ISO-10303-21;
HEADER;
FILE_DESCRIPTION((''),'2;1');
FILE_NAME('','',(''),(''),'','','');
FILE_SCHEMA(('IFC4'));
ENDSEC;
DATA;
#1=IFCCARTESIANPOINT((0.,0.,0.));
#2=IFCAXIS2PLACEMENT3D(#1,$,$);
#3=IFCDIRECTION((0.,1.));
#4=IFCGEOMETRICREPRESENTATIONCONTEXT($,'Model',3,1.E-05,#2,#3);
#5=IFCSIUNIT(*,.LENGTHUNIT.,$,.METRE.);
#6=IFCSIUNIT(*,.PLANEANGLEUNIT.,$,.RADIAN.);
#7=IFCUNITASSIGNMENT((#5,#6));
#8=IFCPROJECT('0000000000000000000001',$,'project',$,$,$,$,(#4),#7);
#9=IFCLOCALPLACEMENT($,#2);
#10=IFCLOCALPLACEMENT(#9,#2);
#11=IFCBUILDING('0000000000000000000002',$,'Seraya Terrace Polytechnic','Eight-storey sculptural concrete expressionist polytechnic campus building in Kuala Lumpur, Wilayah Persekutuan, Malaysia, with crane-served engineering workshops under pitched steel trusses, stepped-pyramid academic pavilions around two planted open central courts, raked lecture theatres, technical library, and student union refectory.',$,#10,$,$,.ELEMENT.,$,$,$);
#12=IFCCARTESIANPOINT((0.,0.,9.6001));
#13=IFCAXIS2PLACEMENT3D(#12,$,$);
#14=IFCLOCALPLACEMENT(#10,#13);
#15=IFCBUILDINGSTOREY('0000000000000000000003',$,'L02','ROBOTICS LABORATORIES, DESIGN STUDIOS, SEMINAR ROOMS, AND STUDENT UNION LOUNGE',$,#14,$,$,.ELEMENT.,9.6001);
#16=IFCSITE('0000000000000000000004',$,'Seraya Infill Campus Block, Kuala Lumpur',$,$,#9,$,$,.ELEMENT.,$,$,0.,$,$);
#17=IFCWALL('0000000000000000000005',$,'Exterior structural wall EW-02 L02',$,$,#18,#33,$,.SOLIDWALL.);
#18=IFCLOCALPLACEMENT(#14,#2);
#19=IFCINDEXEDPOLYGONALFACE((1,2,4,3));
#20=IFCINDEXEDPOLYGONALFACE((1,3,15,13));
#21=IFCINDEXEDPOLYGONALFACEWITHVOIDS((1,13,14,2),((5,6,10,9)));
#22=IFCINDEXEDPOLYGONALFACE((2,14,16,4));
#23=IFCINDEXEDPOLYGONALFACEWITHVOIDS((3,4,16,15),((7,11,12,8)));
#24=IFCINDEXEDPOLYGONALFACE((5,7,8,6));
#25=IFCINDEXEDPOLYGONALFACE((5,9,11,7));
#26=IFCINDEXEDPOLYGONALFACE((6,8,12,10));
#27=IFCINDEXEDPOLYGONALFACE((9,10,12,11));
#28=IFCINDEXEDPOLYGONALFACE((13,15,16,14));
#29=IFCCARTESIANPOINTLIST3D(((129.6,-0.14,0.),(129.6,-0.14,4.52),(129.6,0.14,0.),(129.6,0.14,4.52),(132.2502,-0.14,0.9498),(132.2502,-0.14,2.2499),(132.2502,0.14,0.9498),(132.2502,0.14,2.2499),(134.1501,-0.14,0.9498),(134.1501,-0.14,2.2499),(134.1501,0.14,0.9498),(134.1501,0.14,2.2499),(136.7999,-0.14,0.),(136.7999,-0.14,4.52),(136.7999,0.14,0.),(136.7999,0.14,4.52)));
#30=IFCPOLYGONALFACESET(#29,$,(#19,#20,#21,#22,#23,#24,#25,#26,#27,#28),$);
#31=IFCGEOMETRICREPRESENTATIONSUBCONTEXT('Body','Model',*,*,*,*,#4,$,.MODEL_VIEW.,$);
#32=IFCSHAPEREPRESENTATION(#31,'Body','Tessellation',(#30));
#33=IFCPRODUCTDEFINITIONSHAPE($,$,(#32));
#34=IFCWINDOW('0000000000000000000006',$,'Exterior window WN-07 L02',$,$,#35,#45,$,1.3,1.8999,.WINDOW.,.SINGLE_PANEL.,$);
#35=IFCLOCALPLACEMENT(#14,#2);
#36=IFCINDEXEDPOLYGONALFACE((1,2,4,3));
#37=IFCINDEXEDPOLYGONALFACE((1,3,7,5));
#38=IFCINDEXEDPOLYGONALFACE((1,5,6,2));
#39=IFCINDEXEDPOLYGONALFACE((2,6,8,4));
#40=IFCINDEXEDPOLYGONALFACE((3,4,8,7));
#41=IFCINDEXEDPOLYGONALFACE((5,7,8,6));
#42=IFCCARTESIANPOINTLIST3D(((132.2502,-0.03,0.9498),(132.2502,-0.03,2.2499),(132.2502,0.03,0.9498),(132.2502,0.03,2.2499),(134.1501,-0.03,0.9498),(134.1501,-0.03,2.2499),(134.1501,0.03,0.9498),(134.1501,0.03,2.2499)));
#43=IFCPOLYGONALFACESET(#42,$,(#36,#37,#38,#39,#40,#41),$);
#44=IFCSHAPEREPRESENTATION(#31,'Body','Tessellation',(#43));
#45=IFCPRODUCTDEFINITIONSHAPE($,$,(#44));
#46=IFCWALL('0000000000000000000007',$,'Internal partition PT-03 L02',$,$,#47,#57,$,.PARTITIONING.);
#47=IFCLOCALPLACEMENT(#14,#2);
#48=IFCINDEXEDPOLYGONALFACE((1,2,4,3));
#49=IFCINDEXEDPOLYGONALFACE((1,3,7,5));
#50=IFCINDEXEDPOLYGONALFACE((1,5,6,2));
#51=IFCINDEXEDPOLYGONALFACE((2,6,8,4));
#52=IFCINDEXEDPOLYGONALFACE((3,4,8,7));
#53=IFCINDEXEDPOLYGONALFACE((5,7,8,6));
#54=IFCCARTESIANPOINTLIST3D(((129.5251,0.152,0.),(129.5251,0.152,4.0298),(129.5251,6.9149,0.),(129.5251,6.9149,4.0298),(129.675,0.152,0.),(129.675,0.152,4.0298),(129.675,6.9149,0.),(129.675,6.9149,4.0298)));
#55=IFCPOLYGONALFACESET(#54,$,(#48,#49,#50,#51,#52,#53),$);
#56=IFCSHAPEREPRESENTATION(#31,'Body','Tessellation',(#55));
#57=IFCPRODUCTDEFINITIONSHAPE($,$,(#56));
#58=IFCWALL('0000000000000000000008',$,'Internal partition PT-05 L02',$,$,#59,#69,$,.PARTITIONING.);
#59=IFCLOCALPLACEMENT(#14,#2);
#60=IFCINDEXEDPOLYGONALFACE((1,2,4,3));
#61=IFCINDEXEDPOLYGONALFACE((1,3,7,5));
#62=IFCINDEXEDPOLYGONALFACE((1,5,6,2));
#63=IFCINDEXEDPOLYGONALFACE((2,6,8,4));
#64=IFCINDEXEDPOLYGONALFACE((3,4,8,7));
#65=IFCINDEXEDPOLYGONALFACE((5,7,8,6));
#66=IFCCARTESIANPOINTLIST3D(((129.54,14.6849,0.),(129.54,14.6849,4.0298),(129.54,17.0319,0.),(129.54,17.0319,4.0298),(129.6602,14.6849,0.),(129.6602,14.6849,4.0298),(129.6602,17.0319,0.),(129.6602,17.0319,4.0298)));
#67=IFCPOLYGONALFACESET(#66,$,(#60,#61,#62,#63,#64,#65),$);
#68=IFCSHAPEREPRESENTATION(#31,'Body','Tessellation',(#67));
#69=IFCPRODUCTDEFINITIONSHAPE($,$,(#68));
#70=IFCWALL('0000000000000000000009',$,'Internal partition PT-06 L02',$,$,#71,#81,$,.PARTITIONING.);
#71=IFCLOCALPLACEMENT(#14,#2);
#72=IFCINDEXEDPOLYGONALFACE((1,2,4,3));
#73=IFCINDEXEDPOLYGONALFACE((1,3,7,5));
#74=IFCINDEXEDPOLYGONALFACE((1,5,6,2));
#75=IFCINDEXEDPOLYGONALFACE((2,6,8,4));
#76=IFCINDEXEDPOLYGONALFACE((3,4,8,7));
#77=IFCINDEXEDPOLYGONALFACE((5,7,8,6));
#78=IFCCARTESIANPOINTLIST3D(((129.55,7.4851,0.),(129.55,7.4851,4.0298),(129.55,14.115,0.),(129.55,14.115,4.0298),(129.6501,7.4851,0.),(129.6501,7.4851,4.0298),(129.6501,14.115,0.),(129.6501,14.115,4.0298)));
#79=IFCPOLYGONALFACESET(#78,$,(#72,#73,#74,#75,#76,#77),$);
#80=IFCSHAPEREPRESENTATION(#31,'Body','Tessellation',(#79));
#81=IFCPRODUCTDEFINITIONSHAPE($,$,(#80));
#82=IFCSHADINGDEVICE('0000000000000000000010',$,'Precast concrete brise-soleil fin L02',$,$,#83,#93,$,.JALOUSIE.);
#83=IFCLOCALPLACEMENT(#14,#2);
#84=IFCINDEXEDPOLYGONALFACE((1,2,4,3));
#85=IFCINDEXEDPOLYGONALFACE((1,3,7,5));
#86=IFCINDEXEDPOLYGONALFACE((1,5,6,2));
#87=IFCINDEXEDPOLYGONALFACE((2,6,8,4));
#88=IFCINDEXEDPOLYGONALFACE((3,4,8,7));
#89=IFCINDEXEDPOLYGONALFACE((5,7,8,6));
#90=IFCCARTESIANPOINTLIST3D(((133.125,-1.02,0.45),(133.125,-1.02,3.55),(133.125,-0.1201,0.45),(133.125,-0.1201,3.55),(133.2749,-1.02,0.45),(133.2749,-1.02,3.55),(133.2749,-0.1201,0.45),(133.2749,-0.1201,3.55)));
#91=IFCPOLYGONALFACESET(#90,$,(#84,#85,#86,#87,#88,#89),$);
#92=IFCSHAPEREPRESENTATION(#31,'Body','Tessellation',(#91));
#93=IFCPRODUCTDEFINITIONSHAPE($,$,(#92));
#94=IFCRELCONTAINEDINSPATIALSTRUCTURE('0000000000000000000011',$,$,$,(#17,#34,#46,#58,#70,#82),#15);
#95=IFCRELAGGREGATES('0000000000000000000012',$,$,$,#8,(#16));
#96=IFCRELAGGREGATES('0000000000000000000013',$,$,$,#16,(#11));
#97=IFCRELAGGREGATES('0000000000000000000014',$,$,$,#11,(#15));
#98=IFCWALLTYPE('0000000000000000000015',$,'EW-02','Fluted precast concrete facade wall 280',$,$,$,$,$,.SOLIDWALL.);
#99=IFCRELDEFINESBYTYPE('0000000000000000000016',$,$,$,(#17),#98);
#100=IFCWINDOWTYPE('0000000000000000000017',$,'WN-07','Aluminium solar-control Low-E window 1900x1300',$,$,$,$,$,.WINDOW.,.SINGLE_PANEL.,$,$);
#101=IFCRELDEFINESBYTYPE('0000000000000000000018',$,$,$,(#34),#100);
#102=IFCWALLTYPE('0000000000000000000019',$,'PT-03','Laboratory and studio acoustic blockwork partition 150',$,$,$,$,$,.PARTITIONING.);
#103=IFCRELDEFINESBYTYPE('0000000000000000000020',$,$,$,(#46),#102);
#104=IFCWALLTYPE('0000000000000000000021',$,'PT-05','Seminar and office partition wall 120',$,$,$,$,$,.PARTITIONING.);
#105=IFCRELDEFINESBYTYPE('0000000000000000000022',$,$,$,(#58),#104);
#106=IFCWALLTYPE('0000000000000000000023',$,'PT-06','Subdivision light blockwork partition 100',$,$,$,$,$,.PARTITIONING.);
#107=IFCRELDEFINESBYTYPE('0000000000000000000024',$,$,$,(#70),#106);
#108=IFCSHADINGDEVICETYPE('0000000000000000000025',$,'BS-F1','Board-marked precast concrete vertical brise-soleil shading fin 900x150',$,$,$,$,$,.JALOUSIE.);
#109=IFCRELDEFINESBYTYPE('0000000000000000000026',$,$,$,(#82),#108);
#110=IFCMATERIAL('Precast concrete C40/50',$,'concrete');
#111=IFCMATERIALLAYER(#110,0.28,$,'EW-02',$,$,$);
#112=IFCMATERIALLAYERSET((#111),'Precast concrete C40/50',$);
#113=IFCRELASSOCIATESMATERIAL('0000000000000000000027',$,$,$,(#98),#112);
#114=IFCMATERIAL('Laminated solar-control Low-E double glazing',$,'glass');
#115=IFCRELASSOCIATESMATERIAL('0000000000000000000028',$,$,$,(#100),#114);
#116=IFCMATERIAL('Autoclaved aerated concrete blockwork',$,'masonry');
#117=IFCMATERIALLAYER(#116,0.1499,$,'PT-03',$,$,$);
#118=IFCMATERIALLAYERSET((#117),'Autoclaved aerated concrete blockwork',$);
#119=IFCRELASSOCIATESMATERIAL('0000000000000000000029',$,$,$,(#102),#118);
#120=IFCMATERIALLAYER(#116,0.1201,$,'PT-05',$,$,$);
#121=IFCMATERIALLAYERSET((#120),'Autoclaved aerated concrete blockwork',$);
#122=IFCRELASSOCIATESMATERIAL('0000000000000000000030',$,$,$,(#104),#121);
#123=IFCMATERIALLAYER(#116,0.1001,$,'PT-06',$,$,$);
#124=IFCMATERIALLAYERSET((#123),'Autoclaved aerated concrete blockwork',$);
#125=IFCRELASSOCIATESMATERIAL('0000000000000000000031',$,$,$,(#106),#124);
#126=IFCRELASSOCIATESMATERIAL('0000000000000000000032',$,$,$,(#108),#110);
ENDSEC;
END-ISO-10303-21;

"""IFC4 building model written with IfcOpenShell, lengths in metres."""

from ifc_helpers import new_model, si_unit, direction, frame, frame_2d, origin, origin_2d, place, context, subcontext, project, spatial, rectangle, extrude, material, layer, layer_set, type_object, element, fill, save


model = new_model("IFC4")

# Units and contexts
model_context = context("Model", 3, precision=1e-05, world=origin(), true_north=direction((0.0, 1.0)))
body_context = subcontext(model_context, "Body", "Model", "MODEL_VIEW")
ifc_project = project(units=[si_unit("LENGTHUNIT", "METRE"), si_unit("PLANEANGLEUNIT", "RADIAN")], contexts=[model_context])

# Site, building, storey
site_placement = place(None, origin())
site = spatial("IfcSite", under=ifc_project, at=site_placement, Name="Seraya Infill Campus Block, Kuala Lumpur", CompositionType="ELEMENT", RefElevation=0.0)
building_placement = place(site_placement, origin())
building = spatial("IfcBuilding", under=site, at=building_placement, Name="Seraya Terrace Polytechnic", Description="Eight-storey sculptural concrete expressionist polytechnic campus building in Kuala Lumpur, Wilayah Persekutuan, Malaysia, with crane-served engineering workshops under pitched steel trusses, stepped-pyramid academic pavilions around two planted open central courts, raked lecture theatres, technical library, and student union refectory.", CompositionType="ELEMENT")
storey_placement = place(building_placement, frame((0.0, 0.0, 9.6001)))
storey = spatial("IfcBuildingStorey", under=building, at=storey_placement, Name="L02", Description="ROBOTICS LABORATORIES, DESIGN STUDIOS, SEMINAR ROOMS, AND STUDENT UNION LOUNGE", CompositionType="ELEMENT", Elevation=9.6001)

# Shared definitions
ifc_material_1 = material(Name="Laminated solar-control Low-E double glazing", Category="glass")

# Wall, opening, window
ifc_material_2 = material(Name="Precast concrete C40/50", Category="concrete")
ifc_layer_1 = layer(ifc_material_2, 0.28, Name="EW-02")
ifc_layer_set_1 = layer_set([ifc_layer_1], Name="Precast concrete C40/50")
wall_type_1 = type_object("IfcWallType", Name="EW-02", Description="Fluted precast concrete facade wall 280", PredefinedType="SOLIDWALL", material=ifc_layer_set_1)
wall_1_placement = place(storey_placement, frame((136.8, 0.0, 0.0), z_axis=(0.0, 0.0, 1.0), x_axis=(-1.0, 0.0, 0.0)))
wall_1 = element("IfcWall", 1, at=wall_1_placement, inside=storey, type_object=wall_type_1, Name="Exterior structural wall EW-02 L02", PredefinedType="SOLIDWALL", context=body_context, shape_type="SweptSolid", body=[
    extrude(rectangle(XDim=7.2, YDim=0.28, at=frame_2d((3.6001, 0.0))), origin(), (0.0, 0.0, 1.0), 4.52),
])
opening_placement = place(wall_1_placement, frame((2.6499, 0.0, 0.95)))
opening = element("IfcOpeningElement", 2, at=opening_placement, cuts=wall_1, PredefinedType="OPENING", context=body_context, shape_type="SweptSolid", body=[
    extrude(rectangle(XDim=1.8999, YDim=1.3, at=frame_2d((0.95, 0.6499))), frame((0.0, 0.1519, 0.0), z_axis=(0.0, -1.0, 0.0), x_axis=(1.0, 0.0, 0.0)), (0.0, 0.0, 1.0), 0.304),
])
window_type = type_object("IfcWindowType", Name="WN-07", Description="Aluminium solar-control Low-E window 1900x1300", PartitioningType="SINGLE_PANEL", PredefinedType="WINDOW", material=ifc_material_1)
window_placement = place(opening_placement, origin())
window = element("IfcWindow", 3, at=window_placement, inside=storey, type_object=window_type, Name="Exterior window WN-07 L02", OverallHeight=1.3, OverallWidth=1.8999, PartitioningType="SINGLE_PANEL", PredefinedType="WINDOW", context=body_context, shape_type="SweptSolid", body=[
    extrude(rectangle(XDim=1.8999, YDim=1.3, at=frame_2d((0.95, 0.6499))), frame((0.0, 0.03, 0.0), z_axis=(0.0, -1.0, 0.0), x_axis=(1.0, 0.0, 0.0)), (0.0, 0.0, 1.0), 0.0601),
])
fill(opening, window)

# Walls
ifc_material_3 = material(Name="Autoclaved aerated concrete blockwork", Category="masonry")
ifc_layer_2 = layer(ifc_material_3, 0.1499, Name="PT-03")
ifc_layer_set_2 = layer_set([ifc_layer_2], Name="Autoclaved aerated concrete blockwork")
wall_type_2 = type_object("IfcWallType", Name="PT-03", Description="Laboratory and studio acoustic blockwork partition 150", PredefinedType="PARTITIONING", material=ifc_layer_set_2)
wall_2_placement = place(storey_placement, frame((129.6001, 0.1521, 0.0), z_axis=(0.0, 0.0, 1.0), x_axis=(0.0, 1.0, 0.0)))
element("IfcWall", 4, at=wall_2_placement, inside=storey, type_object=wall_type_2, Name="Internal partition PT-03 L02", PredefinedType="PARTITIONING", context=body_context, shape_type="SweptSolid", body=[
    extrude(rectangle(XDim=6.7629, YDim=0.1499, at=frame_2d((3.3813, 0.0))), origin(), (0.0, 0.0, 1.0), 4.0298),
])
ifc_layer_3 = layer(ifc_material_3, 0.1201, Name="PT-05")
ifc_layer_set_3 = layer_set([ifc_layer_3], Name="Autoclaved aerated concrete blockwork")
wall_type_3 = type_object("IfcWallType", Name="PT-05", Description="Seminar and office partition wall 120", PredefinedType="PARTITIONING", material=ifc_layer_set_3)
wall_3_placement = place(storey_placement, frame((129.6001, 14.6851, 0.0), z_axis=(0.0, 0.0, 1.0), x_axis=(0.0, 1.0, 0.0)))
element("IfcWall", 5, at=wall_3_placement, inside=storey, type_object=wall_type_3, Name="Internal partition PT-05 L02", PredefinedType="PARTITIONING", context=body_context, shape_type="SweptSolid", body=[
    extrude(rectangle(XDim=2.3469, YDim=0.1201, at=frame_2d((1.1733, 0.0))), origin(), (0.0, 0.0, 1.0), 4.0298),
])
ifc_layer_4 = layer(ifc_material_3, 0.1001, Name="PT-06")
ifc_layer_set_4 = layer_set([ifc_layer_4], Name="Autoclaved aerated concrete blockwork")
wall_type_4 = type_object("IfcWallType", Name="PT-06", Description="Subdivision light blockwork partition 100", PredefinedType="PARTITIONING", material=ifc_layer_set_4)
wall_4_placement = place(storey_placement, frame((129.6001, 7.4851, 0.0), z_axis=(0.0, 0.0, 1.0), x_axis=(0.0, 1.0, 0.0)))
element("IfcWall", 6, at=wall_4_placement, inside=storey, type_object=wall_type_4, Name="Internal partition PT-06 L02", PredefinedType="PARTITIONING", context=body_context, shape_type="SweptSolid", body=[
    extrude(rectangle(XDim=6.6299, YDim=0.1001, at=frame_2d((3.3149, 0.0))), origin(), (0.0, 0.0, 1.0), 4.0298),
])

# Shading device
shading_device_type = type_object("IfcShadingDeviceType", Name="BS-F1", Description="Board-marked precast concrete vertical brise-soleil shading fin 900x150", PredefinedType="JALOUSIE", material=ifc_material_2)
shading_device_placement = place(storey_placement, frame((133.2, -0.5701, 0.45), z_axis=(0.0, 0.0, 1.0), x_axis=(0.0, -1.0, 0.0)))
element("IfcShadingDevice", 7, at=shading_device_placement, inside=storey, type_object=shading_device_type, Name="Precast concrete brise-soleil fin L02", PredefinedType="JALOUSIE", context=body_context, shape_type="SweptSolid", body=[
    extrude(rectangle(XDim=0.8999, YDim=0.1499, at=origin_2d()), origin(), (0.0, 0.0, 1.0), 3.1001),
])

save(model, "model.ifc")
